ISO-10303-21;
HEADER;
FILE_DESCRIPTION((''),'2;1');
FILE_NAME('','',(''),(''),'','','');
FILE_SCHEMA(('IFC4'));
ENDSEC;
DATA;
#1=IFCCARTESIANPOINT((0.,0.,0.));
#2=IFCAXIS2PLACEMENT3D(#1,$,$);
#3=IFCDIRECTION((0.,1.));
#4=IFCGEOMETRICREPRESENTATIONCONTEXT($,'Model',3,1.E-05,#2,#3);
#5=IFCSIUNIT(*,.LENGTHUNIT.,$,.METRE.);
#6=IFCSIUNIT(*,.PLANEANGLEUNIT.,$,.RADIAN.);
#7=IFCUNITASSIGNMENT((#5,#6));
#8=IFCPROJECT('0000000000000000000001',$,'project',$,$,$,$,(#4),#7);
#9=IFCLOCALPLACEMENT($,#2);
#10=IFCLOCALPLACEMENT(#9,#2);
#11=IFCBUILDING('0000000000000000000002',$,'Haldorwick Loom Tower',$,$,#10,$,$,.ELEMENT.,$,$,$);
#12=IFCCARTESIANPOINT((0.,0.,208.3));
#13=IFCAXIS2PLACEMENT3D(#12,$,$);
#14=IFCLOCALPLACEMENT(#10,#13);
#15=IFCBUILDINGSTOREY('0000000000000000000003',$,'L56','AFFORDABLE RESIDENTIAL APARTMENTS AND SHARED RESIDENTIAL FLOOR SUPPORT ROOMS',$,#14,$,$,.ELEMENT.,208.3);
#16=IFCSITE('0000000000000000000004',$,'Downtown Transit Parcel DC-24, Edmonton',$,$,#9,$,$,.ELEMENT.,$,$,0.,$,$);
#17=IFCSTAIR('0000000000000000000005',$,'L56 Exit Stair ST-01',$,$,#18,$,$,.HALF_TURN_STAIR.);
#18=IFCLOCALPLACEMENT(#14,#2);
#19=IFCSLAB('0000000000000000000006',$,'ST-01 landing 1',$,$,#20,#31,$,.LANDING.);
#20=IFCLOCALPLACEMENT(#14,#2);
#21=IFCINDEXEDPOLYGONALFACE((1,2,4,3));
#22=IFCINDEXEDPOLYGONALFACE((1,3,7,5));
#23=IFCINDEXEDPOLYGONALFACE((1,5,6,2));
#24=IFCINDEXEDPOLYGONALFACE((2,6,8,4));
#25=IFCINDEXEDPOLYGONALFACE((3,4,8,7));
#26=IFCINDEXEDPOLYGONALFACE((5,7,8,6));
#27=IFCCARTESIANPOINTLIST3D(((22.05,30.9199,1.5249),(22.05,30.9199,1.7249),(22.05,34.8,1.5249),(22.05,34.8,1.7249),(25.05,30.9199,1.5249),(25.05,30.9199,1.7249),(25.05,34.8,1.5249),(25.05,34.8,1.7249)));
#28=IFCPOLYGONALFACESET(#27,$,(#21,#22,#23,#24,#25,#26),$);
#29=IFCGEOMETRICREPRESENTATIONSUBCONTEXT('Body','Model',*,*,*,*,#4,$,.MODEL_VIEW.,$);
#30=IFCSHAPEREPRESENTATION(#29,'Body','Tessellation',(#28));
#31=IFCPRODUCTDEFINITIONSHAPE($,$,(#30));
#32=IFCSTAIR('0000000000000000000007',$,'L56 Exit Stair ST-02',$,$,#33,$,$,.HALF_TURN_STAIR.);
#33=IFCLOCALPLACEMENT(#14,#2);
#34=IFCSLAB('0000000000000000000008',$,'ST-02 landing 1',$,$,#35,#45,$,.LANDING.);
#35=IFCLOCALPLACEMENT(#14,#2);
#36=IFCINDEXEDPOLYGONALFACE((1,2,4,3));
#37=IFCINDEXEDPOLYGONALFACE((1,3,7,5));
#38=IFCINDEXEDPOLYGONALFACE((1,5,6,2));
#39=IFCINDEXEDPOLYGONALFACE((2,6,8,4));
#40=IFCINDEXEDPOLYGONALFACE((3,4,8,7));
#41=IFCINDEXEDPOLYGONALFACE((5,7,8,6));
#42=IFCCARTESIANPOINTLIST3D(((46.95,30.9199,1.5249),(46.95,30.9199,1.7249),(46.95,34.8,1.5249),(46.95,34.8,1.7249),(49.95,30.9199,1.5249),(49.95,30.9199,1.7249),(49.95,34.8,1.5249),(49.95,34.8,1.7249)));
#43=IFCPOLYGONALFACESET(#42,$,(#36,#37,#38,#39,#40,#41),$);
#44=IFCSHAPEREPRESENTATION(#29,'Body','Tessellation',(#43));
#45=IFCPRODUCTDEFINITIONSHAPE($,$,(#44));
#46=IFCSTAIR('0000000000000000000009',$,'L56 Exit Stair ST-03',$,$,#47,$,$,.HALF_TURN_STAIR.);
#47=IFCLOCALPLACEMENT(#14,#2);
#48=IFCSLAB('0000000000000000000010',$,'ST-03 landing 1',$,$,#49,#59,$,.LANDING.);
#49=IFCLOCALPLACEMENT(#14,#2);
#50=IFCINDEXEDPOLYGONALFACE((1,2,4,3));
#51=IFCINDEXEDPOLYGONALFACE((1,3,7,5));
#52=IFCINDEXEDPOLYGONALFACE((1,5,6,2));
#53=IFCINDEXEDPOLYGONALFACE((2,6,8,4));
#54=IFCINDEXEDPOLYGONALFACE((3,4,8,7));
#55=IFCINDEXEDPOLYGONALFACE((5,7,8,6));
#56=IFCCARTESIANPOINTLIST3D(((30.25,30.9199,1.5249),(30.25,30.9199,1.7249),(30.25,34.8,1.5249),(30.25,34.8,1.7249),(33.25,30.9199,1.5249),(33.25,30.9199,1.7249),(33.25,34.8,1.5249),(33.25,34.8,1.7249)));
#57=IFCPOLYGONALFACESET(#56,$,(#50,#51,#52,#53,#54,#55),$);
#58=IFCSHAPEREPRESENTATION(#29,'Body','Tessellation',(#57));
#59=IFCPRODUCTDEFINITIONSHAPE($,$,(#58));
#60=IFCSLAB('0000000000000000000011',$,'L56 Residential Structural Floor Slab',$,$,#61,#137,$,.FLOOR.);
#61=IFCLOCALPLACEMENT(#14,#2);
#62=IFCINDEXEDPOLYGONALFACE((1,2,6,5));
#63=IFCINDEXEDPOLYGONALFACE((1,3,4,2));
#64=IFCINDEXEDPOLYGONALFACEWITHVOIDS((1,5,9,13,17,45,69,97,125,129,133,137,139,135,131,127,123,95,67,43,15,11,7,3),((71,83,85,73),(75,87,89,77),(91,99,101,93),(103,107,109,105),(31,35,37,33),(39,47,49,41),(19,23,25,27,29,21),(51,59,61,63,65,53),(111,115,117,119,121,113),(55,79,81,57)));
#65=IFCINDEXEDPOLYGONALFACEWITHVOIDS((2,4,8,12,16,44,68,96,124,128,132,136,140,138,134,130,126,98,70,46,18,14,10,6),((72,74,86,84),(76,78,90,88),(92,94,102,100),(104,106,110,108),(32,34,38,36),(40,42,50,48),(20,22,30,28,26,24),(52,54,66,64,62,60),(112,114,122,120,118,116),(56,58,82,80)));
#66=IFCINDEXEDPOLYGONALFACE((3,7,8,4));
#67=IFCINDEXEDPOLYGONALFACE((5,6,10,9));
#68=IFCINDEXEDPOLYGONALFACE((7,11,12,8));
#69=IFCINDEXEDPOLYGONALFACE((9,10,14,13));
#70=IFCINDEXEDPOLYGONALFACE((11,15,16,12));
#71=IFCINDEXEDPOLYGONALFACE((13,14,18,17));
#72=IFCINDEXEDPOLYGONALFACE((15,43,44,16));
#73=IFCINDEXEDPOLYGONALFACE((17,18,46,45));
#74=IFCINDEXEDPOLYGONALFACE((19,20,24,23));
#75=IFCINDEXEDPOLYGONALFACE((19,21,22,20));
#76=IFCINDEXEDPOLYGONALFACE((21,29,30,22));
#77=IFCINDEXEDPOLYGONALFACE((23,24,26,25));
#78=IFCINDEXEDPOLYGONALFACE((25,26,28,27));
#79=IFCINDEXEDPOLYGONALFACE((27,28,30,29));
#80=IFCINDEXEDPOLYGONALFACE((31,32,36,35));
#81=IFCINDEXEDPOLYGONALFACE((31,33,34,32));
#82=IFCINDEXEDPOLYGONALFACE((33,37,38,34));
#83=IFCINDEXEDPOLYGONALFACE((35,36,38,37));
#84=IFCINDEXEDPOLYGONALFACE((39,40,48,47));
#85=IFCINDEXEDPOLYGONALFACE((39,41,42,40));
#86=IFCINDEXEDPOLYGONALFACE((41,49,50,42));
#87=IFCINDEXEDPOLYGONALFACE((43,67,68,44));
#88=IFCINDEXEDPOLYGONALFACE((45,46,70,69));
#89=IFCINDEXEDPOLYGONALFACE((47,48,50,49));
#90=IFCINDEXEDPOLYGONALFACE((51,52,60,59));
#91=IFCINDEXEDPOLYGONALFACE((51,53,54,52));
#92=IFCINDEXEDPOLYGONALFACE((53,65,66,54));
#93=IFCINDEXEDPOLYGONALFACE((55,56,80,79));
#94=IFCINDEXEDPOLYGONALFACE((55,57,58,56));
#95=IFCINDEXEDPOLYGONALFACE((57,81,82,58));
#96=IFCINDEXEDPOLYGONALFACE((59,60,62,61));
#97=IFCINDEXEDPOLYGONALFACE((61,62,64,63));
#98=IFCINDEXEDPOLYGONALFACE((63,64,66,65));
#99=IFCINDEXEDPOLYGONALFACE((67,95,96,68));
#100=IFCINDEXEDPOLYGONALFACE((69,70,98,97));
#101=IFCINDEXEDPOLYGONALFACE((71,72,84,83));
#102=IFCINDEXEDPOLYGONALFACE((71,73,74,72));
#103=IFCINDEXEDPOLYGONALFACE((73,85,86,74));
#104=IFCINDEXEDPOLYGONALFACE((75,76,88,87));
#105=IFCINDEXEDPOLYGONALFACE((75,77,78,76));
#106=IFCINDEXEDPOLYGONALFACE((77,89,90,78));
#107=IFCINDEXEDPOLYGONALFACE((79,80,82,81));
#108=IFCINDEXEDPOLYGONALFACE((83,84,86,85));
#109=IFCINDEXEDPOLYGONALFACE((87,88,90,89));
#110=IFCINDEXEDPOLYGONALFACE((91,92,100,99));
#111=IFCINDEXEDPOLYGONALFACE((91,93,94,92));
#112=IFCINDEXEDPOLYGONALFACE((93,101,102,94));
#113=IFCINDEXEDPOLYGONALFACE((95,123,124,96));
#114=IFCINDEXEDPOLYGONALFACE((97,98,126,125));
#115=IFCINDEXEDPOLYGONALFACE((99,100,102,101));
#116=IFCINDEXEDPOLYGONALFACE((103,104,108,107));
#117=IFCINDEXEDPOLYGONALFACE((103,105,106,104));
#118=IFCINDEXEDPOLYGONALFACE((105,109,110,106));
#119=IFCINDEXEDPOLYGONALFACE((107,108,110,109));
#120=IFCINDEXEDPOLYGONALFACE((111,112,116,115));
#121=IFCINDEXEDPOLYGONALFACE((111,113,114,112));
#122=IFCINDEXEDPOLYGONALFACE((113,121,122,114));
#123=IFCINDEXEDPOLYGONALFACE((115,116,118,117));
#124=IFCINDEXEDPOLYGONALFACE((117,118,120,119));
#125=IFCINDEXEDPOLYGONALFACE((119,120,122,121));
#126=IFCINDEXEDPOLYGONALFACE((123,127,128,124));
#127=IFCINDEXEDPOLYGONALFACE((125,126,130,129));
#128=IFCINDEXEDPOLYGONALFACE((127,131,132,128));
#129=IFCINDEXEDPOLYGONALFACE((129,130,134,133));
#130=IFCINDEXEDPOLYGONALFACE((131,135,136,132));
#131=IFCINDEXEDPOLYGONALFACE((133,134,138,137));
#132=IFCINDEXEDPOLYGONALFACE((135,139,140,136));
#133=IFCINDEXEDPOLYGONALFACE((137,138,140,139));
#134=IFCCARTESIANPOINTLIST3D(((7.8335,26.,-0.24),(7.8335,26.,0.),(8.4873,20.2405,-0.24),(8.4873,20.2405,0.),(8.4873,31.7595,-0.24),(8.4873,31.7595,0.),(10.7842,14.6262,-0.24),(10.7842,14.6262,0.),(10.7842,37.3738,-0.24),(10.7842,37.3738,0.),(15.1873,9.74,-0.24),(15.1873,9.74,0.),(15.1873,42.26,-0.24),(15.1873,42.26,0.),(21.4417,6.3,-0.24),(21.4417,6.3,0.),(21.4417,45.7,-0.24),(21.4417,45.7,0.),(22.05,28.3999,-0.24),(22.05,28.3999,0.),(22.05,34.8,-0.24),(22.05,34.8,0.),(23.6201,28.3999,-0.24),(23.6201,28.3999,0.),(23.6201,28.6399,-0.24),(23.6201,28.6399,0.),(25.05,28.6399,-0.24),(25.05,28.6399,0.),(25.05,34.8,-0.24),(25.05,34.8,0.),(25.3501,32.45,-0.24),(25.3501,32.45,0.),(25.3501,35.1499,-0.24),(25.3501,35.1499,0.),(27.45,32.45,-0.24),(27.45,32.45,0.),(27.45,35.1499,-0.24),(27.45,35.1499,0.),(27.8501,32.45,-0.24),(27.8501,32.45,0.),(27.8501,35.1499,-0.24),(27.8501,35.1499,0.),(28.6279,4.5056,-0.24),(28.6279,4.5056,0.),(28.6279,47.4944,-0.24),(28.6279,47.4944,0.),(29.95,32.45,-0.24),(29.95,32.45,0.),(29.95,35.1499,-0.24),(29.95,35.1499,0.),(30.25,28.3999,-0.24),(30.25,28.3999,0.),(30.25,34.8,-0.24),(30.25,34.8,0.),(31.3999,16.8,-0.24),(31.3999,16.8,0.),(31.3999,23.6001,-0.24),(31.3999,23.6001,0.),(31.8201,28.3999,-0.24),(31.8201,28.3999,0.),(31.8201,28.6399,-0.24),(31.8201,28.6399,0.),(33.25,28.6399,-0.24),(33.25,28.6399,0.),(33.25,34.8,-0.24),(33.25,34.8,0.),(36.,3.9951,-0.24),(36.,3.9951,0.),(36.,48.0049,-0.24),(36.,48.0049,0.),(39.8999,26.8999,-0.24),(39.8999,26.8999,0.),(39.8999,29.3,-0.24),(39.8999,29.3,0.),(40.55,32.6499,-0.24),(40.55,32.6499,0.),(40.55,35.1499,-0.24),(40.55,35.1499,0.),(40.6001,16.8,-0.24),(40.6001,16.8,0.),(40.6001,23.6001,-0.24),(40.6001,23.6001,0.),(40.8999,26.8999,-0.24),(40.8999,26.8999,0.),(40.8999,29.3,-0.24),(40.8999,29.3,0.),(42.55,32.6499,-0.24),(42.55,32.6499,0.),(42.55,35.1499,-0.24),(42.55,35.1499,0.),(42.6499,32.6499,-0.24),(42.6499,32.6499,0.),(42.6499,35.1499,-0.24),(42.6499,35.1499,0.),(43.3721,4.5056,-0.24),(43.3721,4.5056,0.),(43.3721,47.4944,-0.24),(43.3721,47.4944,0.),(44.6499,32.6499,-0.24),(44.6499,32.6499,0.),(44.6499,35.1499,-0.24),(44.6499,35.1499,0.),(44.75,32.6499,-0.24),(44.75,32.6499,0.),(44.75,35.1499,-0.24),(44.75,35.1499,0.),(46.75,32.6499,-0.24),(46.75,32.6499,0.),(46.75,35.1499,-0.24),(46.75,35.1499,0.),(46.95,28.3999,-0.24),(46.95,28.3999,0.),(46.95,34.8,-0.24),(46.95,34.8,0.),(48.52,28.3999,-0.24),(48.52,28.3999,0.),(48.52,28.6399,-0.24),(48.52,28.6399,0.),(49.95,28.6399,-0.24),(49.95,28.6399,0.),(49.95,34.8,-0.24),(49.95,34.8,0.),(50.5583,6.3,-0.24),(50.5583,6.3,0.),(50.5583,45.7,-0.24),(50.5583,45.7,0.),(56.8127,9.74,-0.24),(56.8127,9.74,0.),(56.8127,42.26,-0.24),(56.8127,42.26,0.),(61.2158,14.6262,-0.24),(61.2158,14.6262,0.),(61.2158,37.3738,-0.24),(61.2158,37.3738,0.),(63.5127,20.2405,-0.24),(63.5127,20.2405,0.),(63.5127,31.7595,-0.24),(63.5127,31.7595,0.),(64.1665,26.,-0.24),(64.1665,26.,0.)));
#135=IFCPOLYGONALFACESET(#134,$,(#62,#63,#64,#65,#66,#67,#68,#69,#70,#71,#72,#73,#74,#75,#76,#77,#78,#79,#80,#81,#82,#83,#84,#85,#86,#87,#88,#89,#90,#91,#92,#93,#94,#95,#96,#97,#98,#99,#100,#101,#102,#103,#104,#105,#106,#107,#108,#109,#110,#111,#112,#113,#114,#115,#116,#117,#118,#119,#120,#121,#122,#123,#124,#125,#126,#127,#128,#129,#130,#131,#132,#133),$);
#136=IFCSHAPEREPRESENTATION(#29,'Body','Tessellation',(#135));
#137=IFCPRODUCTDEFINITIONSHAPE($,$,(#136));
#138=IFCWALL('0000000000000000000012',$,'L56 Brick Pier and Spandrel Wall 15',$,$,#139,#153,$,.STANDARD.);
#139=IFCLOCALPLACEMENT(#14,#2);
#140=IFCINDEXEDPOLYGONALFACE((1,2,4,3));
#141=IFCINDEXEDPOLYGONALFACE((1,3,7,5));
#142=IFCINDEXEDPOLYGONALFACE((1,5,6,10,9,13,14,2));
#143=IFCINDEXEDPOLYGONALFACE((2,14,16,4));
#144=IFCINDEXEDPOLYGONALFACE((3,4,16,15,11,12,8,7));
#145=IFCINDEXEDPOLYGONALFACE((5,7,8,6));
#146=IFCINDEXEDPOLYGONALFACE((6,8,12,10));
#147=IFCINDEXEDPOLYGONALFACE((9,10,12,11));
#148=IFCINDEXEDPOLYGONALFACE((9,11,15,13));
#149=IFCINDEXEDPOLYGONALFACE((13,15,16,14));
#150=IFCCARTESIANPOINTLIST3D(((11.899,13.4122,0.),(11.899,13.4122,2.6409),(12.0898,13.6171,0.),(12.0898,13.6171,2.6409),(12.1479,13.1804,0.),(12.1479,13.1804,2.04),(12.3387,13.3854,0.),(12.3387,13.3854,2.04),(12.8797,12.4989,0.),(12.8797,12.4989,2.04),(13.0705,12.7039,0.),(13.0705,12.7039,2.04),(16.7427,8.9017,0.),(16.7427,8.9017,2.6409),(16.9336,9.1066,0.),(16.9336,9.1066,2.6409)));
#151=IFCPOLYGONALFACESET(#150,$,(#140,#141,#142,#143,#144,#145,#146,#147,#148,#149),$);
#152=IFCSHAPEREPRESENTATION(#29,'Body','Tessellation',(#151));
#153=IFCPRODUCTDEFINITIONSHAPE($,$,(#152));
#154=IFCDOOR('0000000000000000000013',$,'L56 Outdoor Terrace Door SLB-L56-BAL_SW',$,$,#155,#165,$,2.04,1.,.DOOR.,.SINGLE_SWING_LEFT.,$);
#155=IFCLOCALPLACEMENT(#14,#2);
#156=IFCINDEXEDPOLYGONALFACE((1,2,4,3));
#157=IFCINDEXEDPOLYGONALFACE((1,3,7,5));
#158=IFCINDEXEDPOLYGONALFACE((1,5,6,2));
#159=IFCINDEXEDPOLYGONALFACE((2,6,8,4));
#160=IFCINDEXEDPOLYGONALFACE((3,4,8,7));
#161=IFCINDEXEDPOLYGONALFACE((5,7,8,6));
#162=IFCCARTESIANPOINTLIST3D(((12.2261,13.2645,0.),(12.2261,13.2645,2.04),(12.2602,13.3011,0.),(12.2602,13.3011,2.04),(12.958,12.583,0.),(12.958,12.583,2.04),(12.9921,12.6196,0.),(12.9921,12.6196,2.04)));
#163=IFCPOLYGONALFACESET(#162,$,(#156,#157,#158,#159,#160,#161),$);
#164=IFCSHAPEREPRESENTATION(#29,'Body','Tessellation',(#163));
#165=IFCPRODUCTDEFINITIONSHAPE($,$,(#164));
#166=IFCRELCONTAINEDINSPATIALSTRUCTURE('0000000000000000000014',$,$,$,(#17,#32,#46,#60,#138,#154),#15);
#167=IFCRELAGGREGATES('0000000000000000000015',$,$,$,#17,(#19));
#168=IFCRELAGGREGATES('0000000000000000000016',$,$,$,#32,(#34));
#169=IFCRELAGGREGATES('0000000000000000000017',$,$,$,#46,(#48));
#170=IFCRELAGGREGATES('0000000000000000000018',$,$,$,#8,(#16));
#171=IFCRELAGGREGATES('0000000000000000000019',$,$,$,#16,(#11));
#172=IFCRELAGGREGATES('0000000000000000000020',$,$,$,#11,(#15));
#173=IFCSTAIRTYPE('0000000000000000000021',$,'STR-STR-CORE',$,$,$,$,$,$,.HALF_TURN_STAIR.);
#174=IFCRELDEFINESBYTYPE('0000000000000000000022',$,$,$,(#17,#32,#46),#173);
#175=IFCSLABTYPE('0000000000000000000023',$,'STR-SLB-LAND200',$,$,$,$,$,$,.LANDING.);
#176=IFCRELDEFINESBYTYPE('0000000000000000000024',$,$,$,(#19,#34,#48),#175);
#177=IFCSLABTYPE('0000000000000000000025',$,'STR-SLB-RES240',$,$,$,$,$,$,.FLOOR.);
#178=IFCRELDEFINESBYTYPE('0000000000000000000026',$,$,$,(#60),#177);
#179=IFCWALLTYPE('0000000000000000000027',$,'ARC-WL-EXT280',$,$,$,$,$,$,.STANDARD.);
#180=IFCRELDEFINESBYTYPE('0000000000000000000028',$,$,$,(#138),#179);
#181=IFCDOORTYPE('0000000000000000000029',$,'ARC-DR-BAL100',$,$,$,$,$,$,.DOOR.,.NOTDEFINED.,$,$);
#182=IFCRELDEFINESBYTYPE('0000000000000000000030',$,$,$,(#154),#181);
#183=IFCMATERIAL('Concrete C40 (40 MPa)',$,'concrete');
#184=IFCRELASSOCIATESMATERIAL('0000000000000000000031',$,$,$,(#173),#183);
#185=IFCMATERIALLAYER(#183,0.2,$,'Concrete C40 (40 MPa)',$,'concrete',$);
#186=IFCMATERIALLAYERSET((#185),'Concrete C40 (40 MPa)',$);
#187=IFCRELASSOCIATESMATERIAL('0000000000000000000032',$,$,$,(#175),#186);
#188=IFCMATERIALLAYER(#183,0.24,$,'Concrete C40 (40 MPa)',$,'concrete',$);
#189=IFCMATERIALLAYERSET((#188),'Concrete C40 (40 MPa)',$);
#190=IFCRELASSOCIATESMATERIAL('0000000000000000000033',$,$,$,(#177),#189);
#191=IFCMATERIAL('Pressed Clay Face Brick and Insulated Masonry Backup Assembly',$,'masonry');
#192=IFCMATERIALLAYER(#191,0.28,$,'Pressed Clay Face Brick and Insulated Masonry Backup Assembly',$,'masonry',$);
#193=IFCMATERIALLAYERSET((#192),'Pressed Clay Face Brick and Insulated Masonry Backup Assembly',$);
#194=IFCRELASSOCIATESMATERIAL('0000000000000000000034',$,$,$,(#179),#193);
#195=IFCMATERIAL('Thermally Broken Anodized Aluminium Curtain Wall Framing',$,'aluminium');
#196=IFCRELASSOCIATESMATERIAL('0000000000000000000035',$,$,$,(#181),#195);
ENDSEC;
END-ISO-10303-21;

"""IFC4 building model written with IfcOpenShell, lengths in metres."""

from ifc_helpers import new_model, si_unit, direction, frame, frame_2d, origin, place, context, subcontext, project, spatial, polyline, rectangle, outline, extrude, material, layer, layer_set, type_object, element, fill, aggregate, save


model = new_model("IFC4")

# Units and contexts
model_context = context("Model", 3, precision=1e-05, world=origin(), true_north=direction((0.0, 1.0)))
body_context = subcontext(model_context, "Body", "Model", "MODEL_VIEW")
ifc_project = project(units=[si_unit("LENGTHUNIT", "METRE"), si_unit("PLANEANGLEUNIT", "RADIAN")], contexts=[model_context])

# Site, building, storey
site_placement = place(None, origin())
site = spatial("IfcSite", under=ifc_project, at=site_placement, Name="Downtown Transit Parcel DC-24, Edmonton", CompositionType="ELEMENT", RefElevation=0.0)
building_placement = place(site_placement, origin())
building = spatial("IfcBuilding", under=site, at=building_placement, Name="Haldorwick Loom Tower", CompositionType="ELEMENT")
storey_placement = place(building_placement, frame((0.0, 0.0, 208.3)))
storey = spatial("IfcBuildingStorey", under=building, at=storey_placement, Name="L56", Description="AFFORDABLE RESIDENTIAL APARTMENTS AND SHARED RESIDENTIAL FLOOR SUPPORT ROOMS", CompositionType="ELEMENT", Elevation=208.3)

# Shared definitions
ifc_material_1 = material(Name="Concrete C40 (40 MPa)", Category="concrete")

# Stairs, slabs
stair_type = type_object("IfcStairType", Name="STR-STR-CORE", PredefinedType="HALF_TURN_STAIR", material=ifc_material_1)
stair_1_placement = place(storey_placement, origin())
stair_1 = element("IfcStair", 1, at=stair_1_placement, inside=storey, type_object=stair_type, Name="L56 Exit Stair ST-01", PredefinedType="HALF_TURN_STAIR")
ifc_layer_1 = layer(ifc_material_1, 0.2, Name="Concrete C40 (40 MPa)", Category="concrete")
ifc_layer_set_1 = layer_set([ifc_layer_1], Name="Concrete C40 (40 MPa)")
slab_type_1 = type_object("IfcSlabType", Name="STR-SLB-LAND200", PredefinedType="LANDING", material=ifc_layer_set_1)
slab_1_placement = place(storey_placement, frame((0.0, 0.0, 1.5249)))
slab_1 = element("IfcSlab", 2, at=slab_1_placement, type_object=slab_type_1, Name="ST-01 landing 1", PredefinedType="LANDING", context=body_context, shape_type="SweptSolid", body=[
    extrude(outline(polyline([(25.05, 30.9199), (25.05, 34.8), (22.05, 34.8), (22.05, 30.9199), (25.05, 30.9199)])), origin(), (0.0, 0.0, 1.0), 0.2),
])
aggregate(stair_1, [slab_1])
stair_2_placement = place(storey_placement, origin())
stair_2 = element("IfcStair", 3, at=stair_2_placement, inside=storey, type_object=stair_type, Name="L56 Exit Stair ST-02", PredefinedType="HALF_TURN_STAIR")
slab_2_placement = place(storey_placement, frame((0.0, 0.0, 1.5249)))
slab_2 = element("IfcSlab", 4, at=slab_2_placement, type_object=slab_type_1, Name="ST-02 landing 1", PredefinedType="LANDING", context=body_context, shape_type="SweptSolid", body=[
    extrude(outline(polyline([(49.95, 30.9199), (49.95, 34.8), (46.95, 34.8), (46.95, 30.9199), (49.95, 30.9199)])), origin(), (0.0, 0.0, 1.0), 0.2),
])
aggregate(stair_2, [slab_2])
stair_3_placement = place(storey_placement, origin())
stair_3 = element("IfcStair", 5, at=stair_3_placement, inside=storey, type_object=stair_type, Name="L56 Exit Stair ST-03", PredefinedType="HALF_TURN_STAIR")
slab_3_placement = place(storey_placement, frame((0.0, 0.0, 1.5249)))
slab_3 = element("IfcSlab", 6, at=slab_3_placement, type_object=slab_type_1, Name="ST-03 landing 1", PredefinedType="LANDING", context=body_context, shape_type="SweptSolid", body=[
    extrude(outline(polyline([(33.25, 30.9199), (33.25, 34.8), (30.25, 34.8), (30.25, 30.9199), (33.25, 30.9199)])), origin(), (0.0, 0.0, 1.0), 0.2),
])
aggregate(stair_3, [slab_3])

# Slab
ifc_layer_2 = layer(ifc_material_1, 0.24, Name="Concrete C40 (40 MPa)", Category="concrete")
ifc_layer_set_2 = layer_set([ifc_layer_2], Name="Concrete C40 (40 MPa)")
slab_type_2 = type_object("IfcSlabType", Name="STR-SLB-RES240", PredefinedType="FLOOR", material=ifc_layer_set_2)
slab_4_placement = place(storey_placement, frame((0.0, 0.0, -0.24)))
element("IfcSlab", 7, at=slab_4_placement, inside=storey, type_object=slab_type_2, Name="L56 Residential Structural Floor Slab", PredefinedType="FLOOR", context=body_context, shape_type="SweptSolid", body=[
    extrude(outline(polyline([(56.8127, 9.74), (61.2158, 14.6262), (63.5127, 20.2405), (64.1665, 26.0), (63.5127, 31.7595), (61.2158, 37.3738), (56.8127, 42.26), (50.5583, 45.7), (43.3721, 47.4944), (36.0, 48.0049), (28.6279, 47.4944), (21.4417, 45.7), (15.1873, 42.26), (10.7842, 37.3738), (8.4873, 31.7595), (7.8335, 26.0), (8.4873, 20.2405), (10.7842, 14.6262), (15.1873, 9.74), (21.4417, 6.3), (28.6279, 4.5056), (36.0, 3.9951), (43.3721, 4.5056), (50.5583, 6.3), (56.8127, 9.74)]), holes=[polyline([(31.3999, 16.8), (31.3999, 23.6001), (40.6001, 23.6001), (40.6001, 16.8), (31.3999, 16.8)]), polyline([(40.8999, 26.8999), (39.8999, 26.8999), (39.8999, 29.3), (40.8999, 29.3), (40.8999, 26.8999)]), polyline([(23.6201, 28.3999), (22.05, 28.3999), (22.05, 34.8), (25.05, 34.8), (25.05, 28.6399), (23.6201, 28.6399), (23.6201, 28.3999)]), polyline([(30.25, 28.3999), (30.25, 34.8), (33.25, 34.8), (33.25, 28.6399), (31.8201, 28.6399), (31.8201, 28.3999), (30.25, 28.3999)]), polyline([(46.95, 28.3999), (46.95, 34.8), (49.95, 34.8), (49.95, 28.6399), (48.52, 28.6399), (48.52, 28.3999), (46.95, 28.3999)]), polyline([(27.45, 32.45), (25.3501, 32.45), (25.3501, 35.1499), (27.45, 35.1499), (27.45, 32.45)]), polyline([(29.95, 32.45), (27.8501, 32.45), (27.8501, 35.1499), (29.95, 35.1499), (29.95, 32.45)]), polyline([(42.55, 32.6499), (40.55, 32.6499), (40.55, 35.1499), (42.55, 35.1499), (42.55, 32.6499)]), polyline([(42.6499, 32.6499), (42.6499, 35.1499), (44.6499, 35.1499), (44.6499, 32.6499), (42.6499, 32.6499)]), polyline([(44.75, 32.6499), (44.75, 35.1499), (46.75, 35.1499), (46.75, 32.6499), (44.75, 32.6499)])]), origin(), (0.0, 0.0, 1.0), 0.24),
])

# Wall, opening, door
ifc_material_2 = material(Name="Pressed Clay Face Brick and Insulated Masonry Backup Assembly", Category="masonry")
ifc_layer_3 = layer(ifc_material_2, 0.28, Name="Pressed Clay Face Brick and Insulated Masonry Backup Assembly", Category="masonry")
ifc_layer_set_3 = layer_set([ifc_layer_3], Name="Pressed Clay Face Brick and Insulated Masonry Backup Assembly")
wall_type = type_object("IfcWallType", Name="ARC-WL-EXT280", PredefinedType="STANDARD", material=ifc_layer_set_3)
wall_1_placement = place(storey_placement, frame((11.9944, 13.5146, 0.0), z_axis=(0.0, 0.0, 1.0), x_axis=(0.731834, -0.681483, 0.0)))
wall_1 = element("IfcWall", 8, at=wall_1_placement, inside=storey, type_object=wall_type, Name="L56 Brick Pier and Spandrel Wall 15", PredefinedType="STANDARD", context=body_context, shape_type="SweptSolid", body=[
    extrude(rectangle(XDim=6.6187, YDim=0.28, at=frame_2d((3.3093, 0.0))), origin(), (0.0, 0.0, 1.0), 2.6409),
])
opening_1_placement = place(wall_1_placement, frame((0.3401, 0.0, 0.0)))
opening_1 = element("IfcOpeningElement", 9, at=opening_1_placement, cuts=wall_1, PredefinedType="OPENING", context=body_context, shape_type="SweptSolid", body=[
    extrude(rectangle(XDim=1.0, YDim=2.04, at=frame_2d((0.5, 1.02))), frame((0.0, 0.1499, 0.0), z_axis=(0.0, -1.0, 0.0), x_axis=(1.0, 0.0, 0.0)), (0.0, 0.0, 1.0), 0.3),
])
ifc_material_3 = material(Name="Thermally Broken Anodized Aluminium Curtain Wall Framing", Category="aluminium")
door_type = type_object("IfcDoorType", Name="ARC-DR-BAL100", OperationType="NOTDEFINED", PredefinedType="DOOR", material=ifc_material_3)
door_placement = place(opening_1_placement, origin())
door = element("IfcDoor", 10, at=door_placement, inside=storey, type_object=door_type, Name="L56 Outdoor Terrace Door SLB-L56-BAL_SW", OperationType="SINGLE_SWING_LEFT", OverallHeight=2.04, OverallWidth=1.0, PredefinedType="DOOR", context=body_context, shape_type="SweptSolid", body=[
    extrude(rectangle(XDim=1.0, YDim=2.04, at=frame_2d((0.5, 1.02))), frame((0.0, 0.0249, 0.0), z_axis=(0.0, -1.0, 0.0), x_axis=(1.0, 0.0, 0.0)), (0.0, 0.0, 1.0), 0.05),
])
fill(opening_1, door)

save(model, "model.ifc")
